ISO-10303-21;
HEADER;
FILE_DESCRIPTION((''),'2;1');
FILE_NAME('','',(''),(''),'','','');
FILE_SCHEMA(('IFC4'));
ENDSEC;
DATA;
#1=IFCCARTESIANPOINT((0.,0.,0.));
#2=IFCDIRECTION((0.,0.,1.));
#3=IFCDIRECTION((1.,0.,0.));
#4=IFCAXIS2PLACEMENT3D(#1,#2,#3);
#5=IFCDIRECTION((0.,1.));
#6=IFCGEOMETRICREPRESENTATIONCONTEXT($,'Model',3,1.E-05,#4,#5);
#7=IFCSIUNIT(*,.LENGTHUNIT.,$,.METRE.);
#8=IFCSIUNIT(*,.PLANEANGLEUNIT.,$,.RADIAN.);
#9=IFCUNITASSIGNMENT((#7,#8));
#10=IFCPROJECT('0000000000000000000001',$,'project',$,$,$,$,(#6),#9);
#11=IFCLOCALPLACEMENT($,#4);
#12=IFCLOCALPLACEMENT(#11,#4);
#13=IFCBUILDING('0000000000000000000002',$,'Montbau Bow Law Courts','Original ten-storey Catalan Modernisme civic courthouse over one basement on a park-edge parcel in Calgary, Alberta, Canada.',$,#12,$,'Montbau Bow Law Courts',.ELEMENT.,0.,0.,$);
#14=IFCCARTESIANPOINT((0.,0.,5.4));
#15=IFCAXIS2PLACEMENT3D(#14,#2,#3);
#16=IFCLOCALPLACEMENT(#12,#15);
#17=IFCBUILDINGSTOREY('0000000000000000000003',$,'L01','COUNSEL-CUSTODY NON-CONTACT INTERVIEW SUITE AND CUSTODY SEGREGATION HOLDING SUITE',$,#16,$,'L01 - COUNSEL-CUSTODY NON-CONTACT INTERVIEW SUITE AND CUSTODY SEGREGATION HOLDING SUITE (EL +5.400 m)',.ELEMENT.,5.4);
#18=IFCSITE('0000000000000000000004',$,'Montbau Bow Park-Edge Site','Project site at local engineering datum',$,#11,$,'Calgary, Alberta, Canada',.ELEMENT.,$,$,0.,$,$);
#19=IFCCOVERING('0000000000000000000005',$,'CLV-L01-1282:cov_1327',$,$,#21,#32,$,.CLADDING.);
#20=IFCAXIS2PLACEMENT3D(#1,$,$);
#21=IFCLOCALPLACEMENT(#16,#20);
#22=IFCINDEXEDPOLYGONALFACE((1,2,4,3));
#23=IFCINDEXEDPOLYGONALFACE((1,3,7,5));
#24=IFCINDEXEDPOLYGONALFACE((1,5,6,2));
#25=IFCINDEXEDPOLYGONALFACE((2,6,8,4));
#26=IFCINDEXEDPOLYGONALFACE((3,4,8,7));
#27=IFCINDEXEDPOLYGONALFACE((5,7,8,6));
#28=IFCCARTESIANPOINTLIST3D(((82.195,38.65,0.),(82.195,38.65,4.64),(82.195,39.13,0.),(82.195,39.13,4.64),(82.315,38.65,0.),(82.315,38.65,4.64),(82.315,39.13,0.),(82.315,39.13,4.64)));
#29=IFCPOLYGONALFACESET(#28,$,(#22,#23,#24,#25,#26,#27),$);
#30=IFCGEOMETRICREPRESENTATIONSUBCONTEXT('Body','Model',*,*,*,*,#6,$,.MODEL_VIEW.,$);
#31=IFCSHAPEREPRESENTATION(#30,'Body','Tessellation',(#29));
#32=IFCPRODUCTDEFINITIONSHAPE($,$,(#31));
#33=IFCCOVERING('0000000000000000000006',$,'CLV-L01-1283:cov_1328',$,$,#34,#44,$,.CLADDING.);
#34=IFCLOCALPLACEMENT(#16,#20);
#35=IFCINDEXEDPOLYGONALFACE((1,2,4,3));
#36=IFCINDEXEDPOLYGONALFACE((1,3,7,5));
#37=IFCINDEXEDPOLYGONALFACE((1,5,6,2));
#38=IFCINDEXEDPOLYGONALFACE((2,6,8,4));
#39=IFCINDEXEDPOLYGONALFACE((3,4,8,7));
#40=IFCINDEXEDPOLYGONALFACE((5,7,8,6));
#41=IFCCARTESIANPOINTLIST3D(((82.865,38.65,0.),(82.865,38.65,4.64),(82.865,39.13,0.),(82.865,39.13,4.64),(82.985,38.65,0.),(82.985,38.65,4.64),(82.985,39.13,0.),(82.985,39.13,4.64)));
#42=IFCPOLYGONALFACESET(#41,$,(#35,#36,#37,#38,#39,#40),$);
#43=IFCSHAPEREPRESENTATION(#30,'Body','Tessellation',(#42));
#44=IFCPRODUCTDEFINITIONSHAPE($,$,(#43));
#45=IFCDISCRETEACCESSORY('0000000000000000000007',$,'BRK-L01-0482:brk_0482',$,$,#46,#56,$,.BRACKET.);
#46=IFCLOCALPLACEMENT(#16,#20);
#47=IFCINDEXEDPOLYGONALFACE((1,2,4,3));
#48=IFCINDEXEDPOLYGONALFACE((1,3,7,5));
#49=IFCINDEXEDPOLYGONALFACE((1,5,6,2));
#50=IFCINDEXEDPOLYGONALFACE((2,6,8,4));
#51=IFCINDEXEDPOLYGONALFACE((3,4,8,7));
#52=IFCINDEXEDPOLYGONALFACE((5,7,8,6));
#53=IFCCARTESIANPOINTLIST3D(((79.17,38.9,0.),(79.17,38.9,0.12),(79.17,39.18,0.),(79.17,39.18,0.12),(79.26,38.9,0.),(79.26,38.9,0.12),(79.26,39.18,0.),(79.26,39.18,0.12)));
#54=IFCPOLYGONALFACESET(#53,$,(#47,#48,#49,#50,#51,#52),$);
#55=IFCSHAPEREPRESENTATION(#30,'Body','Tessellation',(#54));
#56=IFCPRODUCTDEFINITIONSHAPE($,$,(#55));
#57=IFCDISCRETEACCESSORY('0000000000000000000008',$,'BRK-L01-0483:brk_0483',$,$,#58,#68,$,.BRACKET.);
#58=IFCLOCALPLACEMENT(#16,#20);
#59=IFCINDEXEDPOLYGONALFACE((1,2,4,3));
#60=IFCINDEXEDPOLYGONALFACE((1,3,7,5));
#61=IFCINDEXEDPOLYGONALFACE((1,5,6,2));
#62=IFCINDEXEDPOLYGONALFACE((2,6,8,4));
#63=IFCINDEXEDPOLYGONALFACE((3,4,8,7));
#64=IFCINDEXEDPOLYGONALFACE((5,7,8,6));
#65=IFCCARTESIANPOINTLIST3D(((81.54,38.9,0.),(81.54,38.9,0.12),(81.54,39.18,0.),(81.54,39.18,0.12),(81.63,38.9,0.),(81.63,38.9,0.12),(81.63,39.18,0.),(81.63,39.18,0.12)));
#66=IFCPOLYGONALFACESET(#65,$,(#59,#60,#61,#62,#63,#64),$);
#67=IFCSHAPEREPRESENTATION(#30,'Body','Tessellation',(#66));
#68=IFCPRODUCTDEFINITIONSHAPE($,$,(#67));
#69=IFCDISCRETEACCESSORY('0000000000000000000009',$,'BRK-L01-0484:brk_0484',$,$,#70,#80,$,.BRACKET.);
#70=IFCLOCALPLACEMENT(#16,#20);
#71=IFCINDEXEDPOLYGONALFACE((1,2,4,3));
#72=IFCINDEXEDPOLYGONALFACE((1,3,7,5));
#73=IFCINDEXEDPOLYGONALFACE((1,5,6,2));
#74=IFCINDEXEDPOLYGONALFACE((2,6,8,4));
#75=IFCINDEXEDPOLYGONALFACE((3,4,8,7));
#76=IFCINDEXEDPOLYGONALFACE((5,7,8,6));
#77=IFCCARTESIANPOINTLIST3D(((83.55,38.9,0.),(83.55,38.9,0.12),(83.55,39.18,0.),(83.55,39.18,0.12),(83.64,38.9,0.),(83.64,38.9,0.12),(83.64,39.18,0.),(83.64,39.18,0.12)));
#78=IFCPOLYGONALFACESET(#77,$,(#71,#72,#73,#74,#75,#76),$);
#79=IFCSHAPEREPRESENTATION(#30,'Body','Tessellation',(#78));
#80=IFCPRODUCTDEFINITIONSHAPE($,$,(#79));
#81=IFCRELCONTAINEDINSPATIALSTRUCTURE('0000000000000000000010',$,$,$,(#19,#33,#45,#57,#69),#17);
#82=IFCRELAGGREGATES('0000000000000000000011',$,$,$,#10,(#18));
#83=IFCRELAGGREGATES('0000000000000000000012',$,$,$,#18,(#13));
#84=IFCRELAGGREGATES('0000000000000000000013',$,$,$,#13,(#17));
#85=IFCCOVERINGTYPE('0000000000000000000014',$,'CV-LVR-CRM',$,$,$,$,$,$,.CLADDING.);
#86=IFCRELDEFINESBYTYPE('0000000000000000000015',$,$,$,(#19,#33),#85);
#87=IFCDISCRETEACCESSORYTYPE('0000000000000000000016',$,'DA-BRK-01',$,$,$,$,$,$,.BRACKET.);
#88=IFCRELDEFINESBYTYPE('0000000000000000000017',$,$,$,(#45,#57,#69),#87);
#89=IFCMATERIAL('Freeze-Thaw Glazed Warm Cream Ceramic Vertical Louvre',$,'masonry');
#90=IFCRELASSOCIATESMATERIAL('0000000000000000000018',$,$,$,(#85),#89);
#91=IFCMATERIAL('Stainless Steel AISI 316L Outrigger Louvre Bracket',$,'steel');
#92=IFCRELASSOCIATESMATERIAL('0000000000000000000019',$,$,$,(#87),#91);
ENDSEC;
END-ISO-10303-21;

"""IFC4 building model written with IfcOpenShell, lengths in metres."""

from ifc_helpers import new_model, si_unit, direction, frame, frame_2d, origin_with_axes, origin_2d_with_axis, place, context, subcontext, project, spatial, rectangle, extrude, material, type_object, element, save


model = new_model("IFC4")

# Units and contexts
model_context = context("Model", 3, precision=1e-05, world=origin_with_axes(), true_north=direction((0.0, 1.0)))
body_context = subcontext(model_context, "Body", "Model", "MODEL_VIEW")
ifc_project = project(units=[si_unit("LENGTHUNIT", "METRE"), si_unit("PLANEANGLEUNIT", "RADIAN")], contexts=[model_context])

# Site, building, storey
site_placement = place(None, origin_with_axes())
site = spatial("IfcSite", under=ifc_project, at=site_placement, Name="Montbau Bow Park-Edge Site", Description="Project site at local engineering datum", LongName="Calgary, Alberta, Canada", CompositionType="ELEMENT", RefElevation=0.0)
building_placement = place(site_placement, origin_with_axes())
building = spatial("IfcBuilding", under=site, at=building_placement, Name="Montbau Bow Law Courts", Description="Original ten-storey Catalan Modernisme civic courthouse over one basement on a park-edge parcel in Calgary, Alberta, Canada.", LongName="Montbau Bow Law Courts", CompositionType="ELEMENT", ElevationOfRefHeight=0.0, ElevationOfTerrain=0.0)
storey_placement = place(building_placement, frame((0.0, 0.0, 5.4), z_axis=(0.0, 0.0, 1.0), x_axis=(1.0, 0.0, 0.0)))
storey = spatial("IfcBuildingStorey", under=building, at=storey_placement, Name="L01", Description="COUNSEL-CUSTODY NON-CONTACT INTERVIEW SUITE AND CUSTODY SEGREGATION HOLDING SUITE", LongName="L01 - COUNSEL-CUSTODY NON-CONTACT INTERVIEW SUITE AND CUSTODY SEGREGATION HOLDING SUITE (EL +5.400 m)", CompositionType="ELEMENT", Elevation=5.4)

# Coverings
ifc_material_1 = material(Name="Freeze-Thaw Glazed Warm Cream Ceramic Vertical Louvre", Category="masonry")
covering_type = type_object("IfcCoveringType", Name="CV-LVR-CRM", PredefinedType="CLADDING", material=ifc_material_1)
for number, where, z_axis, x_axis, name in (
    (1, (82.255, 39.13, 5.4), (-1.0, 0.0, 0.0), (0.0, -1.0, 0.0), "CLV-L01-1282:cov_1327"),
    (2, (82.925, 39.13, 5.4), (-1.0, 0.0, 0.0), (0.0, -1.0, 0.0), "CLV-L01-1283:cov_1328"),
):
    element("IfcCovering", number, at=place(None, frame(where, z_axis=z_axis, x_axis=x_axis)), inside=storey, type_object=covering_type, Name=name, PredefinedType="CLADDING", context=body_context, shape_type="SweptSolid", body=[
        extrude(rectangle(XDim=0.48, YDim=4.64, at=frame_2d((0.24, 2.32), x_axis=(1.0, 0.0))), frame((0.0, 0.0, -0.06), z_axis=(0.0, 0.0, 1.0), x_axis=(1.0, 0.0, 0.0)), (0.0, 0.0, 1.0), 0.12),
    ])

# Discrete accessories
ifc_material_2 = material(Name="Stainless Steel AISI 316L Outrigger Louvre Bracket", Category="steel")
discrete_accessory_type = type_object("IfcDiscreteAccessoryType", Name="DA-BRK-01", PredefinedType="BRACKET", material=ifc_material_2)
for number, where, z_axis, x_axis, name in (
    (3, (79.215, 39.04, 5.4), (0.0, 0.0, 1.0), (0.0, -1.0, 0.0), "BRK-L01-0482:brk_0482"),
    (4, (81.585, 39.04, 5.4), (0.0, 0.0, 1.0), (0.0, -1.0, 0.0), "BRK-L01-0483:brk_0483"),
    (5, (83.595, 39.04, 5.4), (0.0, 0.0, 1.0), (0.0, -1.0, 0.0), "BRK-L01-0484:brk_0484"),
):
    element("IfcDiscreteAccessory", number, at=place(None, frame(where, z_axis=z_axis, x_axis=x_axis)), inside=storey, type_object=discrete_accessory_type, Name=name, PredefinedType="BRACKET", context=body_context, shape_type="SweptSolid", body=[
        extrude(rectangle(XDim=0.28, YDim=0.09, at=origin_2d_with_axis()), origin_with_axes(), (0.0, 0.0, 1.0), 0.12),
    ])

save(model, "model.ifc")
